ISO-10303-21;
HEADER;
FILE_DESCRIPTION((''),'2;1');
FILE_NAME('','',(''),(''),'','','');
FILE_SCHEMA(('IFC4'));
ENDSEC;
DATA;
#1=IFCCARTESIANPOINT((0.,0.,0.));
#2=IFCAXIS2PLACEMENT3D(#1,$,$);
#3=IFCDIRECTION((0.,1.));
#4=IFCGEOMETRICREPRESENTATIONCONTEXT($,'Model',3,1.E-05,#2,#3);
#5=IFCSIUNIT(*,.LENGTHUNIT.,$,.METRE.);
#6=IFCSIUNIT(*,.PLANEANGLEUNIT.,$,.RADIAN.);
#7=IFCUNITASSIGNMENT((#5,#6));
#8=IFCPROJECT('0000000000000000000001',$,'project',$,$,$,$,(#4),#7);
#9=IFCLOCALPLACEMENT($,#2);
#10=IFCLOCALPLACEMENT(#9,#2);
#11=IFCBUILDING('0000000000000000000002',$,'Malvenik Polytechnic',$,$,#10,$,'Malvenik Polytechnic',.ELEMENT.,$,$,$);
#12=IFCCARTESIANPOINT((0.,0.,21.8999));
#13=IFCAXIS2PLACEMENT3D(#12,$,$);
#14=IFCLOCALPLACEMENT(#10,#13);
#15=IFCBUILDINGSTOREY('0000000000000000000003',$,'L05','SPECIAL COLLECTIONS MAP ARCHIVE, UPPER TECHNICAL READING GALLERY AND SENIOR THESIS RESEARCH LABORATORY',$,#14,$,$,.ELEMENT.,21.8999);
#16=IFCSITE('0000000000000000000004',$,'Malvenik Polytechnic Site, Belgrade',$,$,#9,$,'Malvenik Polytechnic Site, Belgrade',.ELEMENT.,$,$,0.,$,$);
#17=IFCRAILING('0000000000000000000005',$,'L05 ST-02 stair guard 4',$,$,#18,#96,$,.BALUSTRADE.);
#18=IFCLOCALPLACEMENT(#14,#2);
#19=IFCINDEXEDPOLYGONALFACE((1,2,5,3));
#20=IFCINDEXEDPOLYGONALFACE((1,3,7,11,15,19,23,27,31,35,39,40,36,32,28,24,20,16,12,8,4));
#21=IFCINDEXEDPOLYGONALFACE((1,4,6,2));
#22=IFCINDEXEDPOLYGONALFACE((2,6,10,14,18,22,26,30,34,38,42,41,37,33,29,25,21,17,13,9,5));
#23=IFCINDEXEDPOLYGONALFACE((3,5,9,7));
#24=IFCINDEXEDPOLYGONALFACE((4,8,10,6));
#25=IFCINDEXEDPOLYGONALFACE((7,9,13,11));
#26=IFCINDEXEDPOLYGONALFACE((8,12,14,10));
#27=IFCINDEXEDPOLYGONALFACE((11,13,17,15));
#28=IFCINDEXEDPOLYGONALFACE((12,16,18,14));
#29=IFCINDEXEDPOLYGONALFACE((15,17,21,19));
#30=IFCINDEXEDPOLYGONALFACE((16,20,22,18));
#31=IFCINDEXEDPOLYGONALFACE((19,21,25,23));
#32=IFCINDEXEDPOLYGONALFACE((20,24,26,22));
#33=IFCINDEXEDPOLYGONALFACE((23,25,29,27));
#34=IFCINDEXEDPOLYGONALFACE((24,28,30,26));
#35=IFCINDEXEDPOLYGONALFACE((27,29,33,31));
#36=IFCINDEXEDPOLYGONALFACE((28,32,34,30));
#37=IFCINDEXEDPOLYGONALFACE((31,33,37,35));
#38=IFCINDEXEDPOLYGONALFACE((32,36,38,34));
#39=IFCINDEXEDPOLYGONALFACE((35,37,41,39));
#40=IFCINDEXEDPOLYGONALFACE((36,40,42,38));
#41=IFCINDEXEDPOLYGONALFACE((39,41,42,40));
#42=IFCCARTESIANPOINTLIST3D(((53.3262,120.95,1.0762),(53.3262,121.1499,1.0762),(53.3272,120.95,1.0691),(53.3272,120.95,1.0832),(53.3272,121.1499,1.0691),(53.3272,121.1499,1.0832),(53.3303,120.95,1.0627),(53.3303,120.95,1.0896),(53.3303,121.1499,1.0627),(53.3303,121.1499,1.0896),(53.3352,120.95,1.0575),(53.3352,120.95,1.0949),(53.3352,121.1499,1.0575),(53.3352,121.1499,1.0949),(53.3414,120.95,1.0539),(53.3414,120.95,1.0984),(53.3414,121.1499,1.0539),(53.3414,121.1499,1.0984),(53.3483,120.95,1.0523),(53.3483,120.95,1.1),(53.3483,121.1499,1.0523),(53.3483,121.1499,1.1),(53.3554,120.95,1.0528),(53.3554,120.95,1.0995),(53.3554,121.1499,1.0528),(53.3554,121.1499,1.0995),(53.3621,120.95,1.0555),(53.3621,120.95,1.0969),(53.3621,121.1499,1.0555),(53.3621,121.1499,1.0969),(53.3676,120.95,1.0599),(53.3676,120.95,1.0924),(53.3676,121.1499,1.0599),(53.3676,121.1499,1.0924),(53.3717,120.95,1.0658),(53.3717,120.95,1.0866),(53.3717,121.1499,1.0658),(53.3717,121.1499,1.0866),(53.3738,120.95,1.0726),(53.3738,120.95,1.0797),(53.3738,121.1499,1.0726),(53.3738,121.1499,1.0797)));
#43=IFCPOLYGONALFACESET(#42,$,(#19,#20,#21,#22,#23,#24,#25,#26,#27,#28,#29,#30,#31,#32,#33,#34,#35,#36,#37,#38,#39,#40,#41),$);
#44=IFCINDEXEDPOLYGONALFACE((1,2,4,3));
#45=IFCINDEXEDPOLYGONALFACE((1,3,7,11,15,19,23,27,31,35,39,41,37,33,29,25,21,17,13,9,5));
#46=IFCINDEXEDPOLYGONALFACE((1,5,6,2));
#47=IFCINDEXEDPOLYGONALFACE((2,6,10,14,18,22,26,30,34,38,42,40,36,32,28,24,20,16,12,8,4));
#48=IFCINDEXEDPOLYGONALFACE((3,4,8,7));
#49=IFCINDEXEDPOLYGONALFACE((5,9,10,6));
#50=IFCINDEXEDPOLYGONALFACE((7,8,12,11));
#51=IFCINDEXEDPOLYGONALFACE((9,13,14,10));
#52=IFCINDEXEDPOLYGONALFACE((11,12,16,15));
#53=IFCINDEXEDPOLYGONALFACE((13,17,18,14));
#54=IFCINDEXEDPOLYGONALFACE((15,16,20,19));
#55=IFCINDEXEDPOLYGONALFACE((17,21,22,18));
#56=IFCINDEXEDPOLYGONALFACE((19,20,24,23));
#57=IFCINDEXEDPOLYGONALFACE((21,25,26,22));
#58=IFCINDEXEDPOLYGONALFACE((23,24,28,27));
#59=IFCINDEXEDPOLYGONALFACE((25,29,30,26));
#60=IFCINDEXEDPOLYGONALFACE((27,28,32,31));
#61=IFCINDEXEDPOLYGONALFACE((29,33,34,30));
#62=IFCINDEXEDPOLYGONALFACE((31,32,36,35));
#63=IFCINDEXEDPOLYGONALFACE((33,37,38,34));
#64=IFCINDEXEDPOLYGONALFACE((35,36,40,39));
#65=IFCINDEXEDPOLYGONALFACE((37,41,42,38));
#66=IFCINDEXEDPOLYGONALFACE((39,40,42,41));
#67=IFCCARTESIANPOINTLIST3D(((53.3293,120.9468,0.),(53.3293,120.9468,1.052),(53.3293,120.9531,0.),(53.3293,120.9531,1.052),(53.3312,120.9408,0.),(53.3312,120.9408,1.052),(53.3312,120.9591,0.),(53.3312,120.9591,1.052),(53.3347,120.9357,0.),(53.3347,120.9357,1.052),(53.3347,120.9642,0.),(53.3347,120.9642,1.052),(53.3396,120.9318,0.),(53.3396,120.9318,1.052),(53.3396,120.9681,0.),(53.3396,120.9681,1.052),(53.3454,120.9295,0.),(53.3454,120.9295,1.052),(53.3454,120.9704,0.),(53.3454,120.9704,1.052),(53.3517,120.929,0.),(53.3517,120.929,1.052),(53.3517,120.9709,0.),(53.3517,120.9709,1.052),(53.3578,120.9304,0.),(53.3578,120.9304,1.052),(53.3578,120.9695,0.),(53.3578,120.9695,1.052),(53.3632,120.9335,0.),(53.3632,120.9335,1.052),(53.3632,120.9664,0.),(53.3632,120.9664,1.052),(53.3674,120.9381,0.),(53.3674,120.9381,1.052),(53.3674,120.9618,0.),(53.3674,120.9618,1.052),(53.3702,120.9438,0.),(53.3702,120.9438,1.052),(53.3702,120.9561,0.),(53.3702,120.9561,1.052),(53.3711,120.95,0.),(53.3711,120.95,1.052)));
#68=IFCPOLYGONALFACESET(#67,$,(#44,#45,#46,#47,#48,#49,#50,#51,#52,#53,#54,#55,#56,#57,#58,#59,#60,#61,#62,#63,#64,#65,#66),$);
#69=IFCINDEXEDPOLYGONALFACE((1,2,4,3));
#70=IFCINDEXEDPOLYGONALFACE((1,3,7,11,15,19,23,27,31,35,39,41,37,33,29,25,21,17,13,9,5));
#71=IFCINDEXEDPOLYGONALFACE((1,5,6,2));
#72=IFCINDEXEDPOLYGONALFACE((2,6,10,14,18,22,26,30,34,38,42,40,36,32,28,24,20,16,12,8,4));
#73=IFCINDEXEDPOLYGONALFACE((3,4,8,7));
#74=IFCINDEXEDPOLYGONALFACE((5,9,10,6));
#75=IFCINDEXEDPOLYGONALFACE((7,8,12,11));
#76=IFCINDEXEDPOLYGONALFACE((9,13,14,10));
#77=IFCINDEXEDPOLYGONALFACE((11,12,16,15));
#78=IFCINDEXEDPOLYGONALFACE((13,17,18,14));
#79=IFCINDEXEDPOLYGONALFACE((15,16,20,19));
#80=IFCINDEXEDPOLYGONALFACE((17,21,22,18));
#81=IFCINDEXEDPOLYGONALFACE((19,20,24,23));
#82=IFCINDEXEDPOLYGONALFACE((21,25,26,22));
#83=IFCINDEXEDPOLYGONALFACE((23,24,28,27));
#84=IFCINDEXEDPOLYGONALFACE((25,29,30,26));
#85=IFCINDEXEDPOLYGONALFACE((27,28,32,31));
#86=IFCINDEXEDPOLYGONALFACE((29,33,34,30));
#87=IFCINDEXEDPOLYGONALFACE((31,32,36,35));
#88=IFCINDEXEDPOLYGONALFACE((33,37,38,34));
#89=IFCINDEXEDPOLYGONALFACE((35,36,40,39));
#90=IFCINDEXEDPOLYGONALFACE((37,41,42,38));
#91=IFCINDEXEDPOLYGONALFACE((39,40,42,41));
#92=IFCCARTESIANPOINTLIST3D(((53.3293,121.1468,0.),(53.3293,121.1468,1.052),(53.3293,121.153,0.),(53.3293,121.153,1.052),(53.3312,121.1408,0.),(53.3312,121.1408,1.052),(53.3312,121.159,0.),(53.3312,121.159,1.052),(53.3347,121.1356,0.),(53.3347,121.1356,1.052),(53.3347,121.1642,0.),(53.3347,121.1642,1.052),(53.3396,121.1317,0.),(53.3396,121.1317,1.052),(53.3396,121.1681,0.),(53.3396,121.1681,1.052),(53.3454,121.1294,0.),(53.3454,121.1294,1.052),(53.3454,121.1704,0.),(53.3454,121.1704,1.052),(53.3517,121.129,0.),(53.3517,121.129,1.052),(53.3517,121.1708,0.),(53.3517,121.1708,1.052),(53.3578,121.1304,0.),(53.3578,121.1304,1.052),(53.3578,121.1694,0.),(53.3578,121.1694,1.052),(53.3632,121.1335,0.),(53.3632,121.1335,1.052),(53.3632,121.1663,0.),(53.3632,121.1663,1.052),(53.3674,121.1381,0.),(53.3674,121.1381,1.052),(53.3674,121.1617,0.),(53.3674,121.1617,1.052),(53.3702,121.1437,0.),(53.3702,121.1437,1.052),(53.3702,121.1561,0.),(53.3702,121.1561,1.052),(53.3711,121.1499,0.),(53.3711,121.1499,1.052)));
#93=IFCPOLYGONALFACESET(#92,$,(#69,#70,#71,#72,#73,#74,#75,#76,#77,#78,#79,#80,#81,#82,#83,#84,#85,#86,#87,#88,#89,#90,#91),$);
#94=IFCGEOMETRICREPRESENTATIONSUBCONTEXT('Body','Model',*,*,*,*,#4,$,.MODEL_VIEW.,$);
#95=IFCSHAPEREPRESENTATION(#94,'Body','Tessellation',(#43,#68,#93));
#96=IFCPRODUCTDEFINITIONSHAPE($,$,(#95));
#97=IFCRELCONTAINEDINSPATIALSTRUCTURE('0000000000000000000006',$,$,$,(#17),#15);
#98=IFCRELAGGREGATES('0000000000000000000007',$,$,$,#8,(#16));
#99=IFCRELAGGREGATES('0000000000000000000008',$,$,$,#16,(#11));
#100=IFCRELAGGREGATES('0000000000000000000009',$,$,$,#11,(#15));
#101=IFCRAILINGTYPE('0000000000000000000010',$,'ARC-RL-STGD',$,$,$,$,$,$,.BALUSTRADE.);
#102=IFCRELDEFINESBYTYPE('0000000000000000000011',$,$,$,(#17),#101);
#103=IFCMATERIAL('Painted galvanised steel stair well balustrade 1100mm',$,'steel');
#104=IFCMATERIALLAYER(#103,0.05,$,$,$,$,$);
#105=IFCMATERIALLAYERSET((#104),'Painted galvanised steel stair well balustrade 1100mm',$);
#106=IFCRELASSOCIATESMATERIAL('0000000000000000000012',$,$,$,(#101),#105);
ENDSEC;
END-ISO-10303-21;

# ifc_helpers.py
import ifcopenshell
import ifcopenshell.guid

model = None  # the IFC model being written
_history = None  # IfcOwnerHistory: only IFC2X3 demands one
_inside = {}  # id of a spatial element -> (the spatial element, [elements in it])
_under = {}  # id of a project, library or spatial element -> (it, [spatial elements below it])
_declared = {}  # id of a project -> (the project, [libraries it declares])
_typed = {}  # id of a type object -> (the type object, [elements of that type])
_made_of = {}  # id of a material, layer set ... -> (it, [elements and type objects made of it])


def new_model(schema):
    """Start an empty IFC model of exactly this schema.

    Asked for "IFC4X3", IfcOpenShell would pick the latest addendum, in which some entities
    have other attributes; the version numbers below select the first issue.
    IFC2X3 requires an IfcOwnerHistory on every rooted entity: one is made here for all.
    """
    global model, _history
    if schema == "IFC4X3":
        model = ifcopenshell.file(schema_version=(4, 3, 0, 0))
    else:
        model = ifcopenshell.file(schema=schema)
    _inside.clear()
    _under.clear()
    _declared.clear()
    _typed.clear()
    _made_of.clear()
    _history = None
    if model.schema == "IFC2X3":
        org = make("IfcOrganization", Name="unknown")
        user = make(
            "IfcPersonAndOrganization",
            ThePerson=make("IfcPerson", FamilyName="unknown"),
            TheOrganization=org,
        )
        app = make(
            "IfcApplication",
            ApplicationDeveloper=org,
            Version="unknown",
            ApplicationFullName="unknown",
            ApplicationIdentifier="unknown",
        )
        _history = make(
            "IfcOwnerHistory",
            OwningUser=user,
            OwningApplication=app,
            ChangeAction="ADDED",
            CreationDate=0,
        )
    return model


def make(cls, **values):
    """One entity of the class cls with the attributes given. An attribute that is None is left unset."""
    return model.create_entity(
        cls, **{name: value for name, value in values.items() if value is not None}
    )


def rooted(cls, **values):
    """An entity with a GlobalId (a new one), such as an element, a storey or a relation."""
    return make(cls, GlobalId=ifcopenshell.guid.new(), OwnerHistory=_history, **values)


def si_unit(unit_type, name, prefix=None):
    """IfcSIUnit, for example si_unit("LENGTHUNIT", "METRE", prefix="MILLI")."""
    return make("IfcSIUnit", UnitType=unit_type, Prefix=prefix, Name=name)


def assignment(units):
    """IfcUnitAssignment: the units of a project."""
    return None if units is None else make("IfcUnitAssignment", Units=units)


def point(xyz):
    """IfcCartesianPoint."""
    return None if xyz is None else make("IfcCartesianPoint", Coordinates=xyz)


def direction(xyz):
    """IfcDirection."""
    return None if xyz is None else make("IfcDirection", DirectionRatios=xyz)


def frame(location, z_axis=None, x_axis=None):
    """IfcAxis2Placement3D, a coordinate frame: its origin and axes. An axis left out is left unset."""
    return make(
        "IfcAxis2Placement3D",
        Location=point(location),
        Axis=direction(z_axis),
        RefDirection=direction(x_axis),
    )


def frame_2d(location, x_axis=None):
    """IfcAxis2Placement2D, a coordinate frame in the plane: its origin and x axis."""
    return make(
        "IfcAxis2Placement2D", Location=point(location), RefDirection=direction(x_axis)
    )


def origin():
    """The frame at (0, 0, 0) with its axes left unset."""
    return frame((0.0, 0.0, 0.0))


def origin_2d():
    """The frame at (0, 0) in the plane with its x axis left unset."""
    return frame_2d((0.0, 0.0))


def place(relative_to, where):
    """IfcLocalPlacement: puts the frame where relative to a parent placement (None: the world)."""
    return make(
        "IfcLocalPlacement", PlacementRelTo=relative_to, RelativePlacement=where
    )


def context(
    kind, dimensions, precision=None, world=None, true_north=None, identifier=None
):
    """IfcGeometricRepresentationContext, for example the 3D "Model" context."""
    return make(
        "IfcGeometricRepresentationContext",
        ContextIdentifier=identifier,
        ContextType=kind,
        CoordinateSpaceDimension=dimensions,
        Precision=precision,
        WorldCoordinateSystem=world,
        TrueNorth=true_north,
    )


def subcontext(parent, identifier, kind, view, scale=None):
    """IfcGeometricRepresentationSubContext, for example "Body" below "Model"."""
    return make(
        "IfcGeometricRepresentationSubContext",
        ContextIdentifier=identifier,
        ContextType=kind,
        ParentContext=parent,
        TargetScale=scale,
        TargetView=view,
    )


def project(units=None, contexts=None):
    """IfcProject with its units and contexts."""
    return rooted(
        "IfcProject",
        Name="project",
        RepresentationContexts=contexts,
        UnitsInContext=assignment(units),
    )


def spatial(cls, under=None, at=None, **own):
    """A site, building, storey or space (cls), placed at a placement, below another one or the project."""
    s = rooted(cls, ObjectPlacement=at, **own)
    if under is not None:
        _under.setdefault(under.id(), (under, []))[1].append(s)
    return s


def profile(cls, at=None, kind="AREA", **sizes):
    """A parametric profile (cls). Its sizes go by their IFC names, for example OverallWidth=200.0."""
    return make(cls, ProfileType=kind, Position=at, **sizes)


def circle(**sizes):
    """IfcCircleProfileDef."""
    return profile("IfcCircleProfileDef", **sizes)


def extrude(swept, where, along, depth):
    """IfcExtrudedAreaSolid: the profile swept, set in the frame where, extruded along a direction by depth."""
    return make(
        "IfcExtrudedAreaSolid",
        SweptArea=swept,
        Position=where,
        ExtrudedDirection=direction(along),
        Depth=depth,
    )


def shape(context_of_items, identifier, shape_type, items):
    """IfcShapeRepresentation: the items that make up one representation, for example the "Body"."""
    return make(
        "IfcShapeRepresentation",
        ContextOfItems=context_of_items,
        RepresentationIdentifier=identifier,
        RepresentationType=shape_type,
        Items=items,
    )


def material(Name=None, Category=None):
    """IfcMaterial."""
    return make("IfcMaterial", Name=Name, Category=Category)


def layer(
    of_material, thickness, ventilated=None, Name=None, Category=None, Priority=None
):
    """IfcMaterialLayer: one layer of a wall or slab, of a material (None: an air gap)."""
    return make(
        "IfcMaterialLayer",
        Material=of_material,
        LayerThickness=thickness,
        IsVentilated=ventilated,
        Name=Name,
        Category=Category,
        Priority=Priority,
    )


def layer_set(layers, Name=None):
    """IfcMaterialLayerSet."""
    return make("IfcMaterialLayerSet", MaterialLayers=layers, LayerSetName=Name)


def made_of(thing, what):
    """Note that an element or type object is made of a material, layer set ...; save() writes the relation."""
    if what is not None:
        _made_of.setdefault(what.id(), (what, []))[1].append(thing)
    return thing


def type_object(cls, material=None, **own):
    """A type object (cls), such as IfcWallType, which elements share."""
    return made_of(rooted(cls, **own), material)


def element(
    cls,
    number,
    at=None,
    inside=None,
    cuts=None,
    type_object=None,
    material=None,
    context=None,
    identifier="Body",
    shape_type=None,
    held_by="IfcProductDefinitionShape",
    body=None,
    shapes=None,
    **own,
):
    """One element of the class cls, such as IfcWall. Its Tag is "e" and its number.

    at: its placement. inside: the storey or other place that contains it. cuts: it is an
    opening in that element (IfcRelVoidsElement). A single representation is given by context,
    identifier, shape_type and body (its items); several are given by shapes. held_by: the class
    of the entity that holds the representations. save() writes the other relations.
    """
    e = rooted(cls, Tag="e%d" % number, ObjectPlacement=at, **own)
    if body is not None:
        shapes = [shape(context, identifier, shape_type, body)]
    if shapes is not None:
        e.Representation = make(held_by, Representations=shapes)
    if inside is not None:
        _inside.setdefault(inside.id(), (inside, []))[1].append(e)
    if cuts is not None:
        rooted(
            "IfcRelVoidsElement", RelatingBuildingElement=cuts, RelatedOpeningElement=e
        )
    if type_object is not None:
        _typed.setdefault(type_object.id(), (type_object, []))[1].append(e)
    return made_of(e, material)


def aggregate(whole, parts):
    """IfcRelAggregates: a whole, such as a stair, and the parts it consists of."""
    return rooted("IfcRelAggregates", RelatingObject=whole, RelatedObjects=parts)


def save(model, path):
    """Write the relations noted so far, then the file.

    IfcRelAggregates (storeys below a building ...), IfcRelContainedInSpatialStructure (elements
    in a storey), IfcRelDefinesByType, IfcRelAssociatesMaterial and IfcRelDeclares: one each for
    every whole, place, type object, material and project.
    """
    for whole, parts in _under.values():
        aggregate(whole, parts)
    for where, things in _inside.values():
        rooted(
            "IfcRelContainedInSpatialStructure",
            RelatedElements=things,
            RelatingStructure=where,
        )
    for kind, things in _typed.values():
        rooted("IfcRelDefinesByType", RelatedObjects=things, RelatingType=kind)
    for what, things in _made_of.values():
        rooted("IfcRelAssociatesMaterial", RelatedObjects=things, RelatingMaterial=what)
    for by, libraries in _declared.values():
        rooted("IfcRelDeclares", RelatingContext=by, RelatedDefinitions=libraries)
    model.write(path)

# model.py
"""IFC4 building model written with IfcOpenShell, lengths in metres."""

from ifc_helpers import new_model, si_unit, direction, frame, origin, origin_2d, place, context, subcontext, project, spatial, circle, extrude, material, layer, layer_set, type_object, element, save


model = new_model("IFC4")

# Units and contexts
model_context = context("Model", 3, precision=1e-05, world=origin(), true_north=direction((0.0, 1.0)))
body_context = subcontext(model_context, "Body", "Model", "MODEL_VIEW")
ifc_project = project(units=[si_unit("LENGTHUNIT", "METRE"), si_unit("PLANEANGLEUNIT", "RADIAN")], contexts=[model_context])

# Site, building, storey
site_placement = place(None, origin())
site = spatial("IfcSite", under=ifc_project, at=site_placement, Name="Malvenik Polytechnic Site, Belgrade", LongName="Malvenik Polytechnic Site, Belgrade", CompositionType="ELEMENT", RefElevation=0.0)
building_placement = place(site_placement, origin())
building = spatial("IfcBuilding", under=site, at=building_placement, Name="Malvenik Polytechnic", LongName="Malvenik Polytechnic", CompositionType="ELEMENT")
storey_placement = place(building_placement, frame((0.0, 0.0, 21.8999)))
storey = spatial("IfcBuildingStorey", under=building, at=storey_placement, Name="L05", Description="SPECIAL COLLECTIONS MAP ARCHIVE, UPPER TECHNICAL READING GALLERY AND SENIOR THESIS RESEARCH LABORATORY", CompositionType="ELEMENT", Elevation=21.8999)

# Railing
ifc_material_1 = material(Name="Painted galvanised steel stair well balustrade 1100mm", Category="steel")
ifc_layer_1 = layer(ifc_material_1, 0.05)
ifc_layer_set_1 = layer_set([ifc_layer_1], Name="Painted galvanised steel stair well balustrade 1100mm")
railing_type_1 = type_object("IfcRailingType", Name="ARC-RL-STGD", PredefinedType="BALUSTRADE", material=ifc_layer_set_1)
railing_1_placement = place(storey_placement, frame((53.3501, 120.95, 0.0)))
element("IfcRailing", 1, at=railing_1_placement, inside=storey, type_object=railing_type_1, Name="L05 ST-02 stair guard 4", PredefinedType="BALUSTRADE", context=body_context, shape_type="SweptSolid", body=[
    extrude(circle(Radius=0.0239, at=origin_2d()), frame((0.0, 0.0, 1.0762), z_axis=(0.0, 1.0, 0.0), x_axis=(-1.0, 0.0, 0.0)), (0.0, 0.0, 1.0), 0.2),
    extrude(circle(Radius=0.021, at=origin_2d()), origin(), (0.0, 0.0, 1.0), 1.052),
    extrude(circle(Radius=0.021, at=origin_2d()), frame((0.0, 0.2, 0.0)), (0.0, 0.0, 1.0), 1.052),
])

save(model, "model.ifc")
